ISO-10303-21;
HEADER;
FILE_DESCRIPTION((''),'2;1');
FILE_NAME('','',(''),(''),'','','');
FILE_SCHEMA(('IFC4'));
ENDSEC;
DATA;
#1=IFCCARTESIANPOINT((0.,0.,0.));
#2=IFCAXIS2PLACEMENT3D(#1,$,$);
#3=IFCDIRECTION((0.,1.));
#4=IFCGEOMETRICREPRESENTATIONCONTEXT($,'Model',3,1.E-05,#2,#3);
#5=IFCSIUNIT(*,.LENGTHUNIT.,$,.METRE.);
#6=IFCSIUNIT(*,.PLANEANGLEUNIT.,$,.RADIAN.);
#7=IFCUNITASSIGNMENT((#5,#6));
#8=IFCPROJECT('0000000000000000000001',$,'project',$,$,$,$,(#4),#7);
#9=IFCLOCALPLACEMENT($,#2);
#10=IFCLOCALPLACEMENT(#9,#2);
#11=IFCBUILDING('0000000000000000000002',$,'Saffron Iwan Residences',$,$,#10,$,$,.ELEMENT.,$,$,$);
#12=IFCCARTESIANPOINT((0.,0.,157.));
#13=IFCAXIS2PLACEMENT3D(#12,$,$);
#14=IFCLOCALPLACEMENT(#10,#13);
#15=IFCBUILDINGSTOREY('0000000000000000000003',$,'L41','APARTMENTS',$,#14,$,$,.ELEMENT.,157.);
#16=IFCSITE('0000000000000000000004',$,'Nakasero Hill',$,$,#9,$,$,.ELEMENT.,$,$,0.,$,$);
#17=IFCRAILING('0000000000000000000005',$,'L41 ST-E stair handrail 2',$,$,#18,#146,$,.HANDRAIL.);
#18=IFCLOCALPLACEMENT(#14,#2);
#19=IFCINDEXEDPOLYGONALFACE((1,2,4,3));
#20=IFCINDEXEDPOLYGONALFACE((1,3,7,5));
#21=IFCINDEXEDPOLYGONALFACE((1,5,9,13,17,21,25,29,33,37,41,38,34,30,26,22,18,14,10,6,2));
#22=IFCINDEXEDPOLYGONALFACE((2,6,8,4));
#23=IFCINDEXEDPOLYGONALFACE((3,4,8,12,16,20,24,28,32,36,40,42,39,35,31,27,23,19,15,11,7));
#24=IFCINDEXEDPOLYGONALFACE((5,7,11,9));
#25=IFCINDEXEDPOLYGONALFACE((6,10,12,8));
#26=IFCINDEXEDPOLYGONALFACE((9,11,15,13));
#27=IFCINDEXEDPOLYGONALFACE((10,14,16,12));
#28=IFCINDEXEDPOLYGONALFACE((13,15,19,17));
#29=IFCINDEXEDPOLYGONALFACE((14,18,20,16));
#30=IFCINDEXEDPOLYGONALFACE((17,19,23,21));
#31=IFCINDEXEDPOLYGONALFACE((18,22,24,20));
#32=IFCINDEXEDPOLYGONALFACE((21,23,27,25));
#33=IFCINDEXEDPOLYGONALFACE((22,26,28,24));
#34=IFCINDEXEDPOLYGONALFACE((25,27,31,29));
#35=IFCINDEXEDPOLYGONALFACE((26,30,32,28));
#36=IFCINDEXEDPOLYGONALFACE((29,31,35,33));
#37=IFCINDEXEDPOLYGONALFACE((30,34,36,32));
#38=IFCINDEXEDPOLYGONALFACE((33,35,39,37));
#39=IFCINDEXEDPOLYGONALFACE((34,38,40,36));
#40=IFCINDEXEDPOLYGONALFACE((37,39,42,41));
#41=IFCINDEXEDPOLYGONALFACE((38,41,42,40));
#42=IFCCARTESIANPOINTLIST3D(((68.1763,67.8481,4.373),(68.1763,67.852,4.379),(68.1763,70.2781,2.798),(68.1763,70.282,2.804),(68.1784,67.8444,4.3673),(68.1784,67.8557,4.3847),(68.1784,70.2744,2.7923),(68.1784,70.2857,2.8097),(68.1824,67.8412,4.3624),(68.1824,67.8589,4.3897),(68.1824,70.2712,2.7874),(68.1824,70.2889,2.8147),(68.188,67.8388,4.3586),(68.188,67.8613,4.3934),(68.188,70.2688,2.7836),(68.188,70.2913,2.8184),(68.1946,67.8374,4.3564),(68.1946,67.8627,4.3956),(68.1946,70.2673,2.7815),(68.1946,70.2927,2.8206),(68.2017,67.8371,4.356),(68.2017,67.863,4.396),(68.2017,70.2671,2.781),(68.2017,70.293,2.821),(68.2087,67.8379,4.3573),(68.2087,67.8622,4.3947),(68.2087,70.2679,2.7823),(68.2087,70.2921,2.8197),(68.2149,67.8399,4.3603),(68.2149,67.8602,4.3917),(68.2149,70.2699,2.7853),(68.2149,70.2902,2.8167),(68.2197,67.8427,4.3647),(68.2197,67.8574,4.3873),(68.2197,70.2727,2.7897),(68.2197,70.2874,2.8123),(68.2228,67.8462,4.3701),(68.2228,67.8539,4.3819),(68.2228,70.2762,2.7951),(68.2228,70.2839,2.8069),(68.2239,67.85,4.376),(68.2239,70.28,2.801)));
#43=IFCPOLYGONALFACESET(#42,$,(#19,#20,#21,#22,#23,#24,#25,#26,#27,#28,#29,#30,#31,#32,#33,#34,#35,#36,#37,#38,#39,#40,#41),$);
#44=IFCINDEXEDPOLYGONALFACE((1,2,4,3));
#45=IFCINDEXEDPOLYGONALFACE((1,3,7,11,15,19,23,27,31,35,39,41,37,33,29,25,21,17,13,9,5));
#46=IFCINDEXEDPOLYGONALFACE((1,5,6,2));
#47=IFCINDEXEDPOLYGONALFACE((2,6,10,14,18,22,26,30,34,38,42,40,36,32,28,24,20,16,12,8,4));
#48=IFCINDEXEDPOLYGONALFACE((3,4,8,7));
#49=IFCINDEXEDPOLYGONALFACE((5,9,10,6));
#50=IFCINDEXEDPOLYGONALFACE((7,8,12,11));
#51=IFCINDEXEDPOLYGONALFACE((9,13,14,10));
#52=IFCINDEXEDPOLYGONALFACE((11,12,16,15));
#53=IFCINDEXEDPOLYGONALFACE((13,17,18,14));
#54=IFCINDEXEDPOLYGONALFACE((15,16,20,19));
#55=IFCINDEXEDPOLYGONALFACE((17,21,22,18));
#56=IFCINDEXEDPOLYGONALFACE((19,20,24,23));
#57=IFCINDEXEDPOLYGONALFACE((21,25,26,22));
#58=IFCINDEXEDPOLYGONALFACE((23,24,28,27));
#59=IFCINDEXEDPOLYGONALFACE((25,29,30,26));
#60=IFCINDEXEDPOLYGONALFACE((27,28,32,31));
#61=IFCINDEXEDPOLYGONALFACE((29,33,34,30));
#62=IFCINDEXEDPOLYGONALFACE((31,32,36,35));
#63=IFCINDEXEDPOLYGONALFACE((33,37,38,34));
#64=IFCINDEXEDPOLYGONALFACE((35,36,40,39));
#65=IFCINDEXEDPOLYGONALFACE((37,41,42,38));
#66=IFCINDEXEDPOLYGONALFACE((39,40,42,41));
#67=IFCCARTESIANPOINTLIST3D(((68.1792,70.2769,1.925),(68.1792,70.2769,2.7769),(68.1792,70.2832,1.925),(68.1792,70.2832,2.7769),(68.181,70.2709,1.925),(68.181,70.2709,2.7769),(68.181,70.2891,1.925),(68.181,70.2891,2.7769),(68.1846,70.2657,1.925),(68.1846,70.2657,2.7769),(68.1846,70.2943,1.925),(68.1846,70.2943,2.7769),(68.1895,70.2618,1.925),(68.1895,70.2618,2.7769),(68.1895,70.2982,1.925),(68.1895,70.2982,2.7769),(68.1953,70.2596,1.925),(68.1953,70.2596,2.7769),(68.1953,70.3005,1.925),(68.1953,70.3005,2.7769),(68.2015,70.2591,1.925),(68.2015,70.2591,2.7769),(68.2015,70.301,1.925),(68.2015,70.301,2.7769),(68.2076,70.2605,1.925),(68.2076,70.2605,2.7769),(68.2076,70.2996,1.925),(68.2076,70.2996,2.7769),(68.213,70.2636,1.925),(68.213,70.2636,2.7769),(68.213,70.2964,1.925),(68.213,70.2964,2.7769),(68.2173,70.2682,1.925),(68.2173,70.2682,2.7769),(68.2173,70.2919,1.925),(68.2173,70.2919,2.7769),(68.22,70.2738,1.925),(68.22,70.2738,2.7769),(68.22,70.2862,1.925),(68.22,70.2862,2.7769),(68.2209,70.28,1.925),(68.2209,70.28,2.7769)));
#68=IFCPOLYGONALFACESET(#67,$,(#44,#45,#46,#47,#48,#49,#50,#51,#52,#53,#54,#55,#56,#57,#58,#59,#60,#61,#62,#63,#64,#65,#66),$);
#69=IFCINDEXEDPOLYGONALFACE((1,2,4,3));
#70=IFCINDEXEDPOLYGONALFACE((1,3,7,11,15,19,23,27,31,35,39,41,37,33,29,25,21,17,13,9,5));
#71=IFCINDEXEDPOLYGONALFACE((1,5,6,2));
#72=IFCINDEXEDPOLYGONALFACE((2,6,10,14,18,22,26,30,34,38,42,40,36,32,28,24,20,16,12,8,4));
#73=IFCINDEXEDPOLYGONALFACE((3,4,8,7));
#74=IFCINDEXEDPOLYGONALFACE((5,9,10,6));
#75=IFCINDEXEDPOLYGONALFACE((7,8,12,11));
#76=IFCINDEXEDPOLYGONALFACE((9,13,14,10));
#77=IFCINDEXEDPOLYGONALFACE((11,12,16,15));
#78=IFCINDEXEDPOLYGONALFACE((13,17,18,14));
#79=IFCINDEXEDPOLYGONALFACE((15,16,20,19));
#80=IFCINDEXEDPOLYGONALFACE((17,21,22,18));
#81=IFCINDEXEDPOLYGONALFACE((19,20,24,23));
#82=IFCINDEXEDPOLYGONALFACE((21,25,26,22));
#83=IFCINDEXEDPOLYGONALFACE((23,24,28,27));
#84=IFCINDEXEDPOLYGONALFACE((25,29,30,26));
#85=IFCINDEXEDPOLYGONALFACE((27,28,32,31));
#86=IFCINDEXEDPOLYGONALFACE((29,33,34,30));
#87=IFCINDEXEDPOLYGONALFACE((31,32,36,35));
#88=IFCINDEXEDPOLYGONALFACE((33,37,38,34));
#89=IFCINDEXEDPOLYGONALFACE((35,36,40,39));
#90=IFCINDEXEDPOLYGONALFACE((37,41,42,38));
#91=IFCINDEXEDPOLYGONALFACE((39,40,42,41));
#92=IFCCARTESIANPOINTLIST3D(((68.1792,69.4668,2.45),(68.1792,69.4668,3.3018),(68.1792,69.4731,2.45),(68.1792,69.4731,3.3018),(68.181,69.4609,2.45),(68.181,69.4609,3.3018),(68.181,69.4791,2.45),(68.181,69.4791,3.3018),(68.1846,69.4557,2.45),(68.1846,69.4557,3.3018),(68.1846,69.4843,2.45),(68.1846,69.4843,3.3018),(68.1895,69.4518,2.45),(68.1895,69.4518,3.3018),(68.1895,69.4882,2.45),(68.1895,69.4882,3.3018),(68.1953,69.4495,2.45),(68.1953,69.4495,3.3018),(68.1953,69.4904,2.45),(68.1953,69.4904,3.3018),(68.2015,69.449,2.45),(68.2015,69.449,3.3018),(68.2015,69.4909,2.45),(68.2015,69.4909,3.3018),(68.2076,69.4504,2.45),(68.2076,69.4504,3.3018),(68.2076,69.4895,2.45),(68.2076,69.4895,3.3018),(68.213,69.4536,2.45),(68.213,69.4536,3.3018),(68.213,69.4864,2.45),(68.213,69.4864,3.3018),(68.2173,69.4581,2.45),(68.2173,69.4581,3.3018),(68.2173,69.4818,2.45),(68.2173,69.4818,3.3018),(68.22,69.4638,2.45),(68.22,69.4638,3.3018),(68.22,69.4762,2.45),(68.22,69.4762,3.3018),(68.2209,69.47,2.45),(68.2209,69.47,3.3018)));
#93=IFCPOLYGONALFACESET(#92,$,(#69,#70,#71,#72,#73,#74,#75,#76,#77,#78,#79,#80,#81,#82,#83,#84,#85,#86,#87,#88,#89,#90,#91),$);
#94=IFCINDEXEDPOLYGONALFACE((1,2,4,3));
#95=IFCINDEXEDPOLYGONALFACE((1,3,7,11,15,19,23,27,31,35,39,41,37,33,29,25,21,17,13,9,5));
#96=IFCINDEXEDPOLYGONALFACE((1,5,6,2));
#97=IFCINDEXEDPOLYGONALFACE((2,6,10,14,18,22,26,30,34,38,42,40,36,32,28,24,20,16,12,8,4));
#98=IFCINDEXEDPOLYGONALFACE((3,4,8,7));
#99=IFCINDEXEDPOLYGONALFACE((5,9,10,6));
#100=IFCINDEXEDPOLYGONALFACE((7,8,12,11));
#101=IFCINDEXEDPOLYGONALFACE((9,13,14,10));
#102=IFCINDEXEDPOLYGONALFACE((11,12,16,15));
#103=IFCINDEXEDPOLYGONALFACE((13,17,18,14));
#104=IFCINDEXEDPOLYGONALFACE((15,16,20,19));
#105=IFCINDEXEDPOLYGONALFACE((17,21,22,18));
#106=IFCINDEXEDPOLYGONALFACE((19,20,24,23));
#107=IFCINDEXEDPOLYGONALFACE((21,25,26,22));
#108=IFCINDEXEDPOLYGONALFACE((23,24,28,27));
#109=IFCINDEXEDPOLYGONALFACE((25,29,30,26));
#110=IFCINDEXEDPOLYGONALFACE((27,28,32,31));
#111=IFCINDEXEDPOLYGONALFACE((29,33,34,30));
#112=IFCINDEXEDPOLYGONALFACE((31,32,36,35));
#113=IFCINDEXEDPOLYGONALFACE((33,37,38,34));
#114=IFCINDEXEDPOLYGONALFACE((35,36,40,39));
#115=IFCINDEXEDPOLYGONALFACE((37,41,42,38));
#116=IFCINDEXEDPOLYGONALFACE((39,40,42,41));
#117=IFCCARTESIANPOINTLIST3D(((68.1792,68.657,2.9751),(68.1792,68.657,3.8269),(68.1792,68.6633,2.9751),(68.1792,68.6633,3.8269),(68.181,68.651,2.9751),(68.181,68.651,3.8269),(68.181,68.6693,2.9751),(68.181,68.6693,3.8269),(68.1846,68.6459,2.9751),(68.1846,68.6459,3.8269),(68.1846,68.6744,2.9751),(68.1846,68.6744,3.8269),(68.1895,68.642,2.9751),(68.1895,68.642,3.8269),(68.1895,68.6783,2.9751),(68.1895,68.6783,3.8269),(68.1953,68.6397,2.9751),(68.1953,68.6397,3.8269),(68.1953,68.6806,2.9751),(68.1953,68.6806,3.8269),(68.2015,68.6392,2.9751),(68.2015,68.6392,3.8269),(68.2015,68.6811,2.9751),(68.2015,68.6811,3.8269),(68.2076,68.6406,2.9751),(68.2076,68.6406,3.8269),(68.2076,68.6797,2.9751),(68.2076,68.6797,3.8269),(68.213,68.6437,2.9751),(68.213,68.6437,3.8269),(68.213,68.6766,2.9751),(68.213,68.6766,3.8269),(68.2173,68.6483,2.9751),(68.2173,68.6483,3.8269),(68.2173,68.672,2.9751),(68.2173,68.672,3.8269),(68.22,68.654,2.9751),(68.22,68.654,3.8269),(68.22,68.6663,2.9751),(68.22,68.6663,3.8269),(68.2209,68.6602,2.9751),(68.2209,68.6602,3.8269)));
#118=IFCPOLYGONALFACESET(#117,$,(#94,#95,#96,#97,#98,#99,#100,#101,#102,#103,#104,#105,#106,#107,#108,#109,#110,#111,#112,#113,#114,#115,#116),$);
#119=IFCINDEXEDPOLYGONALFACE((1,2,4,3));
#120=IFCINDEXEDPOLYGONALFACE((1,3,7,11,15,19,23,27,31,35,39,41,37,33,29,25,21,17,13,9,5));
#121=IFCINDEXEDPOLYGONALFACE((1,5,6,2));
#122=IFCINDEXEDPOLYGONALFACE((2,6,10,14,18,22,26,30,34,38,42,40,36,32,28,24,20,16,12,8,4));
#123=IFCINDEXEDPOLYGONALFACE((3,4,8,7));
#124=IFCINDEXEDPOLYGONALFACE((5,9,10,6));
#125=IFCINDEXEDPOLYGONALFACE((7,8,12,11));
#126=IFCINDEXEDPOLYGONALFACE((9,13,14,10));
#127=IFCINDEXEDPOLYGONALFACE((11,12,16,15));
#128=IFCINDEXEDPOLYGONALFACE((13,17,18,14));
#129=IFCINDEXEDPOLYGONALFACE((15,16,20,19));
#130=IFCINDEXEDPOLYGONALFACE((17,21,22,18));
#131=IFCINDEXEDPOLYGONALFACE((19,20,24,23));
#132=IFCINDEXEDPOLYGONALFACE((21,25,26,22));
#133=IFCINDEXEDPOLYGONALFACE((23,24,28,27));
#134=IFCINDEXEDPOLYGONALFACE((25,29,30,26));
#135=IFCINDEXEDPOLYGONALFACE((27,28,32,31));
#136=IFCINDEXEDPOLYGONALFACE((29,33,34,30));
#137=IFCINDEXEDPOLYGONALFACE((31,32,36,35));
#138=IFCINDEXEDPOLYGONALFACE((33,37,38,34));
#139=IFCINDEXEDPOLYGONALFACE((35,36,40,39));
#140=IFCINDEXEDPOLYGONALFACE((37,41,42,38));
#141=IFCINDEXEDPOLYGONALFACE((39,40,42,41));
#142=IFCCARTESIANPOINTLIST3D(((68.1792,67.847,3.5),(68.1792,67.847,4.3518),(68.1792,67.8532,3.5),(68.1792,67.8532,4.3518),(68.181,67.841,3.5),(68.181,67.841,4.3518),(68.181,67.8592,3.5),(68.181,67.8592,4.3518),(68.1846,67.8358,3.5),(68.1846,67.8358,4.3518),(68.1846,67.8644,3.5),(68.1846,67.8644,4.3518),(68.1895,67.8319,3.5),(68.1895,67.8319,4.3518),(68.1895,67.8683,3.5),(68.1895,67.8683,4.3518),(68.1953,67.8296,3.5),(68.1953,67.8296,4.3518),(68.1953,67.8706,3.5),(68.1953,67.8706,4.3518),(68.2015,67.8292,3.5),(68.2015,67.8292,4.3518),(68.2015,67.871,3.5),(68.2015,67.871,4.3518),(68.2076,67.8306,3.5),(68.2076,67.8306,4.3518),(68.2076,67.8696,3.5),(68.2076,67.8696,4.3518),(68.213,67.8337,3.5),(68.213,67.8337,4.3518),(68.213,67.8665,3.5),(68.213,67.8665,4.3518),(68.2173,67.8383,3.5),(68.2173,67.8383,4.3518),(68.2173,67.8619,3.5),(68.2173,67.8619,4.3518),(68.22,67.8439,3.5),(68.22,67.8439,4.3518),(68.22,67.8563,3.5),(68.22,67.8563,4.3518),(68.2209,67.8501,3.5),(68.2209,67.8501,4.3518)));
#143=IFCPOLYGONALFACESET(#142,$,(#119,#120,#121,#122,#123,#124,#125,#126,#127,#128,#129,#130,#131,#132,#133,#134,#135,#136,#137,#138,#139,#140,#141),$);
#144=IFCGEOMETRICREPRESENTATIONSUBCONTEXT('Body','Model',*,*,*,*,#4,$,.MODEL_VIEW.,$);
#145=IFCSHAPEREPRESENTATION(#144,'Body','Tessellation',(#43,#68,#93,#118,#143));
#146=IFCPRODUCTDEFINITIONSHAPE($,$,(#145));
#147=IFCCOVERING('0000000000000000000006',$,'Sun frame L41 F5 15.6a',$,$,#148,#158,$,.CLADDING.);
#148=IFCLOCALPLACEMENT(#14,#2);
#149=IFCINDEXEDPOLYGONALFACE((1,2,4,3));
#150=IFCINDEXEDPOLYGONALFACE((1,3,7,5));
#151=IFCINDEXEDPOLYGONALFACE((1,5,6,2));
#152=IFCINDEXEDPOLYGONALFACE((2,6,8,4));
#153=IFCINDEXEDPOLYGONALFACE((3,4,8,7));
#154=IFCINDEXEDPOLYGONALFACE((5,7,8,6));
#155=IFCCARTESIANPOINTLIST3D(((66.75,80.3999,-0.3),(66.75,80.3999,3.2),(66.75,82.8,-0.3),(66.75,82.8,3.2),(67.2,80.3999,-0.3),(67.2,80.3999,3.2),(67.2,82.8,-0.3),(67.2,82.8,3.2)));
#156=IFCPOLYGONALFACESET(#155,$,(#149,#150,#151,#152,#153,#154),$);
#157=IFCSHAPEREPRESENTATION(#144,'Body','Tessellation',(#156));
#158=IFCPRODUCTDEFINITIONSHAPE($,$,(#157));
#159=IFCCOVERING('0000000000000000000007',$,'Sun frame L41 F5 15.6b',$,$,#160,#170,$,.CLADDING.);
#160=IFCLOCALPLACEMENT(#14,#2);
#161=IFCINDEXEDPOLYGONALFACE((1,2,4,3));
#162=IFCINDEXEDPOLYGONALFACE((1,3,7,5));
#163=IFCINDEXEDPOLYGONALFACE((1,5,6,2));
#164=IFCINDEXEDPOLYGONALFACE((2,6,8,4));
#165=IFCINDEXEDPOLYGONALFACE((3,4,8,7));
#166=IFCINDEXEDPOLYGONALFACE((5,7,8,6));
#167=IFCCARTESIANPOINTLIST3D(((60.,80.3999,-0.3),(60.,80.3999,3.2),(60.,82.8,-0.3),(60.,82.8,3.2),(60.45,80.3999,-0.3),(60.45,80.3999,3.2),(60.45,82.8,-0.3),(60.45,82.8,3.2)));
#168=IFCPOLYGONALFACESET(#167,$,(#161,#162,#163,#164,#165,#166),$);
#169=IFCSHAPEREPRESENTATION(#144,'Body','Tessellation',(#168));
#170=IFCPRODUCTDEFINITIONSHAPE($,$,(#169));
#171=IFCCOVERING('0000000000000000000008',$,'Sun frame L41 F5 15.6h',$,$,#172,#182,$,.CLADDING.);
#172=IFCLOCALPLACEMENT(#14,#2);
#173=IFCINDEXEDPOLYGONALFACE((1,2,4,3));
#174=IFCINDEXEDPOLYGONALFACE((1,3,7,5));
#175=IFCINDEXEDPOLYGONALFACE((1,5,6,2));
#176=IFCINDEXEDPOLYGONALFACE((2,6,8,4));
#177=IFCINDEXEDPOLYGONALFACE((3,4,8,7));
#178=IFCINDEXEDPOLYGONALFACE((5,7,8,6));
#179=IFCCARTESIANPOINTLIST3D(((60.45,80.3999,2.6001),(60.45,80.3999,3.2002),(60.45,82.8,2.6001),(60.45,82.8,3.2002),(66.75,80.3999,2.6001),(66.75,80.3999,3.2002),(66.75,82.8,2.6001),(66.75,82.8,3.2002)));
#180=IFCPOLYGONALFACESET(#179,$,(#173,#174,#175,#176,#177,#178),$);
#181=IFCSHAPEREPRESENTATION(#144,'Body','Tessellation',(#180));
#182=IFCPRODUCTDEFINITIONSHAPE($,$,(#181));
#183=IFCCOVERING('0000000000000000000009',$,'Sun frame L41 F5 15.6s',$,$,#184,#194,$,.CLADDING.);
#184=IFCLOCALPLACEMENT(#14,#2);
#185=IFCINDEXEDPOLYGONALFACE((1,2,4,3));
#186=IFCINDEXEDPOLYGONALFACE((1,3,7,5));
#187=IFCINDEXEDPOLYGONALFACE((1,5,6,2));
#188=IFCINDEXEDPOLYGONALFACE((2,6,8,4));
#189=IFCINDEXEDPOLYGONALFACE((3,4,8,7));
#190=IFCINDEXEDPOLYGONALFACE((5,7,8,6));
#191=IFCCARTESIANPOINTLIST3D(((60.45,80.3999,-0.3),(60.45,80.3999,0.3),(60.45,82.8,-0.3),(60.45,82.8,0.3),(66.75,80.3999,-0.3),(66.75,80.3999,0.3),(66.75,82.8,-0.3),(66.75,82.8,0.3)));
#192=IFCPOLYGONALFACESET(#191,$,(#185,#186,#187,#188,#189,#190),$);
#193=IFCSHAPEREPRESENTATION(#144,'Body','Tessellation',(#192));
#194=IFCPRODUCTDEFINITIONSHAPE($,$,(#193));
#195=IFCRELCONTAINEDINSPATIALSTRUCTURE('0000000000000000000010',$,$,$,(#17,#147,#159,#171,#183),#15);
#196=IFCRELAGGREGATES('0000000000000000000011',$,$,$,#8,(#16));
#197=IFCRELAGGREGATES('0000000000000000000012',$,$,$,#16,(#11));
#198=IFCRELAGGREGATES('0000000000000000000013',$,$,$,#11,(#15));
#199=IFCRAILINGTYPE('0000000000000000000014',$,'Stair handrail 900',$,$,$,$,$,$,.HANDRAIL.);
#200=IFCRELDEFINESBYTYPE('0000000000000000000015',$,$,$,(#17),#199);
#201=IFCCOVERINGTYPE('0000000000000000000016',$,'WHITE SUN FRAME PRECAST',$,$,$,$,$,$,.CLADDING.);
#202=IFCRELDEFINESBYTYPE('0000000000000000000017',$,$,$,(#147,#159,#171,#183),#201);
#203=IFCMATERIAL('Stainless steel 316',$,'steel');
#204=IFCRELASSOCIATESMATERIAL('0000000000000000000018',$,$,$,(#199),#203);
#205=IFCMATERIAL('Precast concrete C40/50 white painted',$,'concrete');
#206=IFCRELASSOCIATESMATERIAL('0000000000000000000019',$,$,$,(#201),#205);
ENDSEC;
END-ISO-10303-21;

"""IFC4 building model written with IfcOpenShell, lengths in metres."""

from ifc_helpers import new_model, si_unit, direction, frame, origin, origin_2d, place, context, subcontext, project, spatial, polyline, circle, outline, extrude, material, type_object, element, save


model = new_model("IFC4")

# Units and contexts
model_context = context("Model", 3, precision=1e-05, world=origin(), true_north=direction((0.0, 1.0)))
body_context = subcontext(model_context, "Body", "Model", "MODEL_VIEW")
ifc_project = project(units=[si_unit("LENGTHUNIT", "METRE"), si_unit("PLANEANGLEUNIT", "RADIAN")], contexts=[model_context])

# Site, building, storey
site_placement = place(None, origin())
site = spatial("IfcSite", under=ifc_project, at=site_placement, Name="Nakasero Hill", CompositionType="ELEMENT", RefElevation=0.0)
building_placement = place(site_placement, origin())
building = spatial("IfcBuilding", under=site, at=building_placement, Name="Saffron Iwan Residences", CompositionType="ELEMENT")
storey_placement = place(building_placement, frame((0.0, 0.0, 157.0)))
storey = spatial("IfcBuildingStorey", under=building, at=storey_placement, Name="L41", Description="APARTMENTS", CompositionType="ELEMENT", Elevation=157.0)

# Railing
ifc_material_1 = material(Name="Stainless steel 316", Category="steel")
railing_type = type_object("IfcRailingType", Name="Stair handrail 900", PredefinedType="HANDRAIL", material=ifc_material_1)
railing_1_placement = place(storey_placement, frame((68.2, 70.28, 1.925)))
element("IfcRailing", 1, at=railing_1_placement, inside=storey, type_object=railing_type, Name="L41 ST-E stair handrail 2", PredefinedType="HANDRAIL", context=body_context, shape_type="SweptSolid", body=[
    extrude(circle(Radius=0.0239, at=origin_2d()), frame((0.0, 0.0, 0.876), z_axis=(0.0, -0.839154, 0.543894), x_axis=(1.0, 0.0, 0.0)), (0.0, 0.0, 1.0), 2.8958),
    extrude(circle(Radius=0.021, at=origin_2d()), origin(), (0.0, 0.0, 1.0), 0.8518),
    extrude(circle(Radius=0.021, at=origin_2d()), frame((0.0, -0.8101, 0.5249)), (0.0, 0.0, 1.0), 0.8518),
    extrude(circle(Radius=0.021, at=origin_2d()), frame((0.0, -1.6199, 1.05)), (0.0, 0.0, 1.0), 0.8518),
    extrude(circle(Radius=0.021, at=origin_2d()), frame((0.0, -2.4299, 1.575)), (0.0, 0.0, 1.0), 0.8518),
])

# Coverings
ifc_material_2 = material(Name="Precast concrete C40/50 white painted", Category="concrete")
covering_type_1 = type_object("IfcCoveringType", Name="WHITE SUN FRAME PRECAST", PredefinedType="CLADDING", material=ifc_material_2)
for number, where, z_axis, x_axis, name in (
    (2, (67.2, 80.3999, -0.3), (0.0, 1.0, 0.0), (-1.0, 0.0, 0.0), "Sun frame L41 F5 15.6a"),
    (3, (60.45, 80.3999, -0.3), (0.0, 1.0, 0.0), (-1.0, 0.0, 0.0), "Sun frame L41 F5 15.6b"),
):
    element("IfcCovering", number, at=place(storey_placement, frame(where, z_axis=z_axis, x_axis=x_axis)), inside=storey, type_object=covering_type_1, Name=name, PredefinedType="CLADDING", context=body_context, shape_type="SweptSolid", body=[
        extrude(outline(polyline([(0.0, 0.0), (0.45, 0.0), (0.45, 3.5), (0.0, 3.5), (0.0, 0.0)])), origin(), (0.0, 0.0, 1.0), 2.4001),
    ])
for number, where, z_axis, x_axis, name in (
    (4, (66.75, 80.3999, 2.6001), (0.0, 1.0, 0.0), (-1.0, 0.0, 0.0), "Sun frame L41 F5 15.6h"),
    (5, (66.75, 80.3999, -0.3), (0.0, 1.0, 0.0), (-1.0, 0.0, 0.0), "Sun frame L41 F5 15.6s"),
):
    element("IfcCovering", number, at=place(storey_placement, frame(where, z_axis=z_axis, x_axis=x_axis)), inside=storey, type_object=covering_type_1, Name=name, PredefinedType="CLADDING", context=body_context, shape_type="SweptSolid", body=[
        extrude(outline(polyline([(0.0, 0.0), (6.3, 0.0), (6.3, 0.6001), (0.0, 0.6001), (0.0, 0.0)])), origin(), (0.0, 0.0, 1.0), 2.4001),
    ])

save(model, "model.ifc")
